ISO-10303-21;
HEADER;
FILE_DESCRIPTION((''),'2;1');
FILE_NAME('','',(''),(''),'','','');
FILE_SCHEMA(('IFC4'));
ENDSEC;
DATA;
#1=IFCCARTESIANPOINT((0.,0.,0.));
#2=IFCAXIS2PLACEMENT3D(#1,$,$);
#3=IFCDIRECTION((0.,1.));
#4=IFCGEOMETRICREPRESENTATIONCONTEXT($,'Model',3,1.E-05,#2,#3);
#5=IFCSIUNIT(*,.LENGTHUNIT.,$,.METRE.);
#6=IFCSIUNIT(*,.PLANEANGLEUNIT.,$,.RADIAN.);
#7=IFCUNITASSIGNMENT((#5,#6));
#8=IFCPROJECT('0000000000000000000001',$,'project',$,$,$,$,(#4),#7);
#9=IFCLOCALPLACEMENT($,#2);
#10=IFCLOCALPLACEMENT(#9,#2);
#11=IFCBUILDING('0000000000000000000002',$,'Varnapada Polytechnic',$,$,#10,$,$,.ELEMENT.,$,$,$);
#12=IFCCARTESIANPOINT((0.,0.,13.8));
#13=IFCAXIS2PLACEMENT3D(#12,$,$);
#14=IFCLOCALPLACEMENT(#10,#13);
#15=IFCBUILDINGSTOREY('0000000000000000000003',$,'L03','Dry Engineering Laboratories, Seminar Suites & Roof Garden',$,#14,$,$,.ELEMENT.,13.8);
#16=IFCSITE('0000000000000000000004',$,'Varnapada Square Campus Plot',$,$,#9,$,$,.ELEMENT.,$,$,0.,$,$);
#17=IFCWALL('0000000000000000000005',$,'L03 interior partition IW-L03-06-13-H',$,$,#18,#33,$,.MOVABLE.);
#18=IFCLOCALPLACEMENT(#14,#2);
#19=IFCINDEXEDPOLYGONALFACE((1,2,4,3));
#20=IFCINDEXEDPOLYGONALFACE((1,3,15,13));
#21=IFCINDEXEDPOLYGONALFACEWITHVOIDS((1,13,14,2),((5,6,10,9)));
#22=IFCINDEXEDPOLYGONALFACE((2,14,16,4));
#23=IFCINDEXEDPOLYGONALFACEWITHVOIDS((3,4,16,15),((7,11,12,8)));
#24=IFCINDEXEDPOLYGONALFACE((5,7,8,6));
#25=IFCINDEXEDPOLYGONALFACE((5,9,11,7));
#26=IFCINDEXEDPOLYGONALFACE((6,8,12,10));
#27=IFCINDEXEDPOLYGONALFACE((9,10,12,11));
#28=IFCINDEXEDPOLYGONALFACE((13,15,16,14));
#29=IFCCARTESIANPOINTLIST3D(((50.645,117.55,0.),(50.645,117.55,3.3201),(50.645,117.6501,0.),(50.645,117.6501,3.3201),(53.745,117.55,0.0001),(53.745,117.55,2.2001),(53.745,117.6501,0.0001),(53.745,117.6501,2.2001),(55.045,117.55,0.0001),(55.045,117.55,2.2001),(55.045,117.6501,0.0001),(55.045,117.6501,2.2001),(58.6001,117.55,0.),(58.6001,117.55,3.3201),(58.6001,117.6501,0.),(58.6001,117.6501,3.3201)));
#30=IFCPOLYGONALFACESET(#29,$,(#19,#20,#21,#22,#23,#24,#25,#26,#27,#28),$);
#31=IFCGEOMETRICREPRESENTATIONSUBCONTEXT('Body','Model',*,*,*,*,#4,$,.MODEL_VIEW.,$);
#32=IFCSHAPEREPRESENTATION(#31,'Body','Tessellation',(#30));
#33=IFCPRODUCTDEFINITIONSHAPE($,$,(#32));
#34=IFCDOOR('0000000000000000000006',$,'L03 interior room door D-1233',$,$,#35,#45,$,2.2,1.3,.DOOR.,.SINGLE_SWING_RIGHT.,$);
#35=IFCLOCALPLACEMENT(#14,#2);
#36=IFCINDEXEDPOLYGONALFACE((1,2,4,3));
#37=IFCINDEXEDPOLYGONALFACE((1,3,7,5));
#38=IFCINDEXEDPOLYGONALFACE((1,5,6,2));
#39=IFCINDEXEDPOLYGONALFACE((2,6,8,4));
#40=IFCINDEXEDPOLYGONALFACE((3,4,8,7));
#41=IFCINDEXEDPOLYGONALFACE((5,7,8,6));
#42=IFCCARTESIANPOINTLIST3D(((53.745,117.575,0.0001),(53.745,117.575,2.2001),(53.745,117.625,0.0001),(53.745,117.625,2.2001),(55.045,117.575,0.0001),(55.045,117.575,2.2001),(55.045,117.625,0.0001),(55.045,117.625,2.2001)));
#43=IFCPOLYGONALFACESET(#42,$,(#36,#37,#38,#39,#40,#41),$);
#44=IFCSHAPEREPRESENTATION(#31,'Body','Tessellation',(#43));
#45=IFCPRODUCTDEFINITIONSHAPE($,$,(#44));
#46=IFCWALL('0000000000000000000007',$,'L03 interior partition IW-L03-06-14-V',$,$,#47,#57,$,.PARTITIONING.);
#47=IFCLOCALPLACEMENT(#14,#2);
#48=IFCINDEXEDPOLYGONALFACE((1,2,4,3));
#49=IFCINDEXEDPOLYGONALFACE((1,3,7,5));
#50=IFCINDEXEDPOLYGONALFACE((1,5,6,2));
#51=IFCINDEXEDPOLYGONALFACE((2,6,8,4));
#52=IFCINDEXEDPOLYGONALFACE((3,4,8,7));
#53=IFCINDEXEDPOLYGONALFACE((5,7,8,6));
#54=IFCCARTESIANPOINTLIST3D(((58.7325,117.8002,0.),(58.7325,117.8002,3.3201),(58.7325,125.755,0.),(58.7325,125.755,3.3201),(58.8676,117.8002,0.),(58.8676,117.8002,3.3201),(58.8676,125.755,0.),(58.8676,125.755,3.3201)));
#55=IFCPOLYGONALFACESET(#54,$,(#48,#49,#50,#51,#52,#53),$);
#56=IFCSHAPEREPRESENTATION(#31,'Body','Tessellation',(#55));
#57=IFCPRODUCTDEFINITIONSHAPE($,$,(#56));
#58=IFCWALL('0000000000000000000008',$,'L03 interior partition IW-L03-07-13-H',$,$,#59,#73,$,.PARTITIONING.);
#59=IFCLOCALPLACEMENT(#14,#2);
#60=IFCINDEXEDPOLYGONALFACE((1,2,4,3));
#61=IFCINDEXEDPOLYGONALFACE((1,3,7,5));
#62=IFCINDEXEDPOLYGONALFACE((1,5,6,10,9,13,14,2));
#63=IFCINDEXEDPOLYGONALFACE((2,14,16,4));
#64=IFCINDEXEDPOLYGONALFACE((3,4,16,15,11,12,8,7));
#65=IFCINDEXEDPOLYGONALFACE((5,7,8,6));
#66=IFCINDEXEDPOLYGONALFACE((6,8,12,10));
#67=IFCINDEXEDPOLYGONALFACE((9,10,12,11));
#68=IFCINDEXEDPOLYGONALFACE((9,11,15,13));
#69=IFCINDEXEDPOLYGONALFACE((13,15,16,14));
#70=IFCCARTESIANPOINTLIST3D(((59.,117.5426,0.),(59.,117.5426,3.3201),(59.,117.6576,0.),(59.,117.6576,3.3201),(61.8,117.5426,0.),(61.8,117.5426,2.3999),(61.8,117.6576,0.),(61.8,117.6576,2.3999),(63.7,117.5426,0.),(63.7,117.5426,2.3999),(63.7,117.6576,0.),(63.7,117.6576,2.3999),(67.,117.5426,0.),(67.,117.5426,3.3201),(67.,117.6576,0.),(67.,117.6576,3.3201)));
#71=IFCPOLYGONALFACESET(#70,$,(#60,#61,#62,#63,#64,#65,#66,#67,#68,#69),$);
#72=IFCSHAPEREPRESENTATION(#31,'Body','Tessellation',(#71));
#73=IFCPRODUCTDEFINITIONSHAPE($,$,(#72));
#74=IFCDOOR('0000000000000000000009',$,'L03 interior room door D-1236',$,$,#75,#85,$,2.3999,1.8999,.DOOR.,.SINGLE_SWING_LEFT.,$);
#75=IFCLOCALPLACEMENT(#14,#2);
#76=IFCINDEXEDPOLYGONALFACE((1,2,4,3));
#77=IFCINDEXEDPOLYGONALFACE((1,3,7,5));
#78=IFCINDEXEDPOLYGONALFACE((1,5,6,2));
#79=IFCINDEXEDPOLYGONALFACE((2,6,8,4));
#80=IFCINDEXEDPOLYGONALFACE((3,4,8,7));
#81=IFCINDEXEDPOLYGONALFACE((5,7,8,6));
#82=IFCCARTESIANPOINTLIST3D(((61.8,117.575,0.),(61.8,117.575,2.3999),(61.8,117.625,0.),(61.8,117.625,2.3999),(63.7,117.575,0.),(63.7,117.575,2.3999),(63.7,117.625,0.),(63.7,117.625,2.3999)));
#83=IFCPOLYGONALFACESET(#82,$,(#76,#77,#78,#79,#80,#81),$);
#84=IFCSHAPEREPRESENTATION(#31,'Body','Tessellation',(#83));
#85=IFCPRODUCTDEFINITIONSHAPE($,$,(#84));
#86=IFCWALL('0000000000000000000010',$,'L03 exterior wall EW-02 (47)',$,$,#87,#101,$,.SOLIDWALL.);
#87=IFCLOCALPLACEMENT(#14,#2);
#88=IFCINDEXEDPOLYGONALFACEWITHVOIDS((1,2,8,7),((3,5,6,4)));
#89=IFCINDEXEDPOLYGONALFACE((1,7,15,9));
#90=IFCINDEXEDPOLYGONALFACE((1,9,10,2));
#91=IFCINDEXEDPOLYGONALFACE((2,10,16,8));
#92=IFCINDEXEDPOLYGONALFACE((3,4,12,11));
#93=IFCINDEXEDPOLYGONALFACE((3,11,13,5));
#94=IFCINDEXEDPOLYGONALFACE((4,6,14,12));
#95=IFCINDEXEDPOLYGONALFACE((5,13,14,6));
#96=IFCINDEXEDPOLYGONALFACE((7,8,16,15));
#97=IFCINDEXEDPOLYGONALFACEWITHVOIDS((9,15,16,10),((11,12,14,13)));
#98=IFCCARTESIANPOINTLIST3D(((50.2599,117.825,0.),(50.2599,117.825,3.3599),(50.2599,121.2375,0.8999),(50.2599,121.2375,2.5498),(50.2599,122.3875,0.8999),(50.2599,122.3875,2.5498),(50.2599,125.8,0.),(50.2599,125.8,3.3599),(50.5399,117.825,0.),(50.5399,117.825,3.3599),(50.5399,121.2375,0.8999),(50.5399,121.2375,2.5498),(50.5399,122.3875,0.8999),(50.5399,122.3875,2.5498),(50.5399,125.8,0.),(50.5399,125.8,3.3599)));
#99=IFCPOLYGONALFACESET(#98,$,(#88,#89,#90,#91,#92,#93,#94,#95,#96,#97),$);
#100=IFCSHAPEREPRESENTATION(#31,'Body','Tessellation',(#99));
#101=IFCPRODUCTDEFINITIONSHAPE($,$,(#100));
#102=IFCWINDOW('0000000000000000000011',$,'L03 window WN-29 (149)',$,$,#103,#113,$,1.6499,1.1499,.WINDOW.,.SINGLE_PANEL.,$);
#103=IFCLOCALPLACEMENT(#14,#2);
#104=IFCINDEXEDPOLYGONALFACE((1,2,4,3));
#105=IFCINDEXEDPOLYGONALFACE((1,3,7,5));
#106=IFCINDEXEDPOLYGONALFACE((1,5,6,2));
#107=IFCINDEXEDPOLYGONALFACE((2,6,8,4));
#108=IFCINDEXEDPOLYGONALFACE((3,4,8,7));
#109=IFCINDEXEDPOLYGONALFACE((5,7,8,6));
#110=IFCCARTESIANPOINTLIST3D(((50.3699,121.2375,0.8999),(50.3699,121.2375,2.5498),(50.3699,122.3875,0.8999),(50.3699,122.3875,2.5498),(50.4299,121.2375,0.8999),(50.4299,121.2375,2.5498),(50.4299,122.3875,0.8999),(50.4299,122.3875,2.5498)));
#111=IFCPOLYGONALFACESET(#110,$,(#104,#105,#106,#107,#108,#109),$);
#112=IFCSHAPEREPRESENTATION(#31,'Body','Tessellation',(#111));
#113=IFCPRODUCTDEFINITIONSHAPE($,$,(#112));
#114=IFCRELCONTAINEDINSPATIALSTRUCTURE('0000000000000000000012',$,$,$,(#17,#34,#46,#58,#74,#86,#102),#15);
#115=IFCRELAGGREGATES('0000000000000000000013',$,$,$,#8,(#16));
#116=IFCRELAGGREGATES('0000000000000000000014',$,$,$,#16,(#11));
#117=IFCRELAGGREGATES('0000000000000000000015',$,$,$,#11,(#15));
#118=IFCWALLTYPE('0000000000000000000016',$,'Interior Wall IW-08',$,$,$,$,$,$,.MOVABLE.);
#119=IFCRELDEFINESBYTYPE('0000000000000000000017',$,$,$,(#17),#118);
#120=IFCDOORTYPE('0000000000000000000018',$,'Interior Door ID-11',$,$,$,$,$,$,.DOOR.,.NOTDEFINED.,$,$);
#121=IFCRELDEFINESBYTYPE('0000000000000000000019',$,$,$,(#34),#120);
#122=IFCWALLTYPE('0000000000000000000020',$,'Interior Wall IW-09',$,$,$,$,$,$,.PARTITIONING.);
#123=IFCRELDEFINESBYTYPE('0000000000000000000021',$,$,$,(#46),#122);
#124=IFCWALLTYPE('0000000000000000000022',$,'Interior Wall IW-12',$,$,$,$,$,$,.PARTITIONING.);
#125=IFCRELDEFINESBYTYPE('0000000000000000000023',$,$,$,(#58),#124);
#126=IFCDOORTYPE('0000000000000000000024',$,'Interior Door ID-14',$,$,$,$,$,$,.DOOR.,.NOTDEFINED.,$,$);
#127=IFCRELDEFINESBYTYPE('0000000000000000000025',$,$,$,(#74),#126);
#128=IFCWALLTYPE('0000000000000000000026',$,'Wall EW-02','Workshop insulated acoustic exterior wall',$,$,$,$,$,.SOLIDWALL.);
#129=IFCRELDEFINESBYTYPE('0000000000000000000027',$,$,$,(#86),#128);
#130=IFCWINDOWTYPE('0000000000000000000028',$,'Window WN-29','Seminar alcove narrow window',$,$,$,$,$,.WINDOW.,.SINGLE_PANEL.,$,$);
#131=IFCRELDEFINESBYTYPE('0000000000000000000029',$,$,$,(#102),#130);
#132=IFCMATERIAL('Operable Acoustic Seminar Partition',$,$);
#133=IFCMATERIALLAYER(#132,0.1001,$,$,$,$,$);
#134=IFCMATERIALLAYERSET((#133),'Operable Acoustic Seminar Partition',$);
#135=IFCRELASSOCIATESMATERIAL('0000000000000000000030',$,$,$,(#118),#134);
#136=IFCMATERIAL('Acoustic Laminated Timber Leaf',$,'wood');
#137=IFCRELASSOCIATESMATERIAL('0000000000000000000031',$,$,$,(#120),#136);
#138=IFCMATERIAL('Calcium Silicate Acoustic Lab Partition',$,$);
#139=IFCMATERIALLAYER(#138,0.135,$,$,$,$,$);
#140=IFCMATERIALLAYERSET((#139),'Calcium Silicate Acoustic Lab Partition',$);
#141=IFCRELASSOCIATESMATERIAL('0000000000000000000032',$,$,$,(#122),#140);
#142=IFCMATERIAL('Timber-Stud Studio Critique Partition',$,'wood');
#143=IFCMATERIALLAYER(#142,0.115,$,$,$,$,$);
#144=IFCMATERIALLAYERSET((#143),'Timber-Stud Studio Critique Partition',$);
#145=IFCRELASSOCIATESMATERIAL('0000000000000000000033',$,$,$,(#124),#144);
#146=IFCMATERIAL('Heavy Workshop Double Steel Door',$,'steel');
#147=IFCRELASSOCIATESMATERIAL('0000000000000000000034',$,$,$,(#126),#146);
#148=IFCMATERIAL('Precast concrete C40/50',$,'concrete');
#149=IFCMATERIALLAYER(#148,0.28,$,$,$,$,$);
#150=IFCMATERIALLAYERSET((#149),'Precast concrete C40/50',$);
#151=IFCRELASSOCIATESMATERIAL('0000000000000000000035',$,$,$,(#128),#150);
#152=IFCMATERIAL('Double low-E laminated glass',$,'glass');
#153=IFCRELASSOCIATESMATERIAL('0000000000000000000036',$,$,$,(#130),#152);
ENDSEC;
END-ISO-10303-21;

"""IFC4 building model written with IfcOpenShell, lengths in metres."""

from ifc_helpers import new_model, si_unit, direction, frame, frame_2d, origin, place, context, subcontext, project, spatial, rectangle, extrude, material, layer, layer_set, type_object, element, fill, save


model = new_model("IFC4")

# Units and contexts
model_context = context("Model", 3, precision=1e-05, world=origin(), true_north=direction((0.0, 1.0)))
body_context = subcontext(model_context, "Body", "Model", "MODEL_VIEW")
ifc_project = project(units=[si_unit("LENGTHUNIT", "METRE"), si_unit("PLANEANGLEUNIT", "RADIAN")], contexts=[model_context])

# Site, building, storey
site_placement = place(None, origin())
site = spatial("IfcSite", under=ifc_project, at=site_placement, Name="Varnapada Square Campus Plot", CompositionType="ELEMENT", RefElevation=0.0)
building_placement = place(site_placement, origin())
building = spatial("IfcBuilding", under=site, at=building_placement, Name="Varnapada Polytechnic", CompositionType="ELEMENT")
storey_placement = place(building_placement, frame((0.0, 0.0, 13.8)))
storey = spatial("IfcBuildingStorey", under=building, at=storey_placement, Name="L03", Description="Dry Engineering Laboratories, Seminar Suites & Roof Garden", CompositionType="ELEMENT", Elevation=13.8)

# Shared definitions
ifc_material_1 = material(Name="Double low-E laminated glass", Category="glass")

# Wall, opening, door
ifc_material_2 = material(Name="Operable Acoustic Seminar Partition")
ifc_layer_1 = layer(ifc_material_2, 0.1001)
ifc_layer_set_1 = layer_set([ifc_layer_1], Name="Operable Acoustic Seminar Partition")
wall_type_1 = type_object("IfcWallType", Name="Interior Wall IW-08", PredefinedType="MOVABLE", material=ifc_layer_set_1)
wall_1_placement = place(storey_placement, frame((50.645, 117.6001, 0.0), z_axis=(0.0, 0.0, 1.0), x_axis=(1.0, 0.0, 0.0)))
wall_1 = element("IfcWall", 1, at=wall_1_placement, inside=storey, type_object=wall_type_1, Name="L03 interior partition IW-L03-06-13-H", PredefinedType="MOVABLE", context=body_context, shape_type="SweptSolid", body=[
    extrude(rectangle(XDim=7.9551, YDim=0.1001, at=frame_2d((3.9775, 0.0))), origin(), (0.0, 0.0, 1.0), 3.3201),
])
opening_1_placement = place(wall_1_placement, frame((3.1001, 0.0, 0.0)))
opening_1 = element("IfcOpeningElement", 2, at=opening_1_placement, cuts=wall_1, PredefinedType="OPENING", context=body_context, shape_type="SweptSolid", body=[
    extrude(rectangle(XDim=1.3, YDim=2.2, at=frame_2d((0.6499, 1.1001))), frame((0.0, 0.0601, 0.0), z_axis=(0.0, -1.0, 0.0), x_axis=(1.0, 0.0, 0.0)), (0.0, 0.0, 1.0), 0.1201),
])
ifc_material_3 = material(Name="Acoustic Laminated Timber Leaf", Category="wood")
door_type_1 = type_object("IfcDoorType", Name="Interior Door ID-11", OperationType="NOTDEFINED", PredefinedType="DOOR", material=ifc_material_3)
door_1_placement = place(opening_1_placement, origin())
door_1 = element("IfcDoor", 3, at=door_1_placement, inside=storey, type_object=door_type_1, Name="L03 interior room door D-1233", OperationType="SINGLE_SWING_RIGHT", OverallHeight=2.2, OverallWidth=1.3, PredefinedType="DOOR", context=body_context, shape_type="SweptSolid", body=[
    extrude(rectangle(XDim=1.3, YDim=2.2, at=frame_2d((0.6499, 1.1001))), frame((0.0, 0.0249, 0.0), z_axis=(0.0, -1.0, 0.0), x_axis=(1.0, 0.0, 0.0)), (0.0, 0.0, 1.0), 0.05),
])
fill(opening_1, door_1)

# Wall
ifc_material_4 = material(Name="Calcium Silicate Acoustic Lab Partition")
ifc_layer_2 = layer(ifc_material_4, 0.135)
ifc_layer_set_2 = layer_set([ifc_layer_2], Name="Calcium Silicate Acoustic Lab Partition")
wall_type_2 = type_object("IfcWallType", Name="Interior Wall IW-09", PredefinedType="PARTITIONING", material=ifc_layer_set_2)
wall_2_placement = place(storey_placement, frame((58.8, 117.8, 0.0), z_axis=(0.0, 0.0, 1.0), x_axis=(0.0, 1.0, 0.0)))
element("IfcWall", 4, at=wall_2_placement, inside=storey, type_object=wall_type_2, Name="L03 interior partition IW-L03-06-14-V", PredefinedType="PARTITIONING", context=body_context, shape_type="SweptSolid", body=[
    extrude(rectangle(XDim=7.9548, YDim=0.135, at=frame_2d((3.9775, 0.0))), origin(), (0.0, 0.0, 1.0), 3.3201),
])

# Wall, opening, door
ifc_material_5 = material(Name="Timber-Stud Studio Critique Partition", Category="wood")
ifc_layer_3 = layer(ifc_material_5, 0.115)
ifc_layer_set_3 = layer_set([ifc_layer_3], Name="Timber-Stud Studio Critique Partition")
wall_type_3 = type_object("IfcWallType", Name="Interior Wall IW-12", PredefinedType="PARTITIONING", material=ifc_layer_set_3)
wall_3_placement = place(storey_placement, frame((59.0, 117.6001, 0.0), z_axis=(0.0, 0.0, 1.0), x_axis=(1.0, 0.0, 0.0)))
wall_3 = element("IfcWall", 5, at=wall_3_placement, inside=storey, type_object=wall_type_3, Name="L03 interior partition IW-L03-07-13-H", PredefinedType="PARTITIONING", context=body_context, shape_type="SweptSolid", body=[
    extrude(rectangle(XDim=8.0, YDim=0.115, at=frame_2d((4.0, 0.0))), origin(), (0.0, 0.0, 1.0), 3.3201),
])
opening_2_placement = place(wall_3_placement, frame((2.8, 0.0, 0.0)))
opening_2 = element("IfcOpeningElement", 6, at=opening_2_placement, cuts=wall_3, PredefinedType="OPENING", context=body_context, shape_type="SweptSolid", body=[
    extrude(rectangle(XDim=1.8999, YDim=2.3999, at=frame_2d((0.95, 1.2))), frame((0.0, 0.0674, 0.0), z_axis=(0.0, -1.0, 0.0), x_axis=(1.0, 0.0, 0.0)), (0.0, 0.0, 1.0), 0.135),
])
ifc_material_6 = material(Name="Heavy Workshop Double Steel Door", Category="steel")
door_type_2 = type_object("IfcDoorType", Name="Interior Door ID-14", OperationType="NOTDEFINED", PredefinedType="DOOR", material=ifc_material_6)
door_2_placement = place(opening_2_placement, origin())
door_2 = element("IfcDoor", 7, at=door_2_placement, inside=storey, type_object=door_type_2, Name="L03 interior room door D-1236", OperationType="SINGLE_SWING_LEFT", OverallHeight=2.3999, OverallWidth=1.8999, PredefinedType="DOOR", context=body_context, shape_type="SweptSolid", body=[
    extrude(rectangle(XDim=1.8999, YDim=2.3999, at=frame_2d((0.95, 1.2))), frame((0.0, 0.0249, 0.0), z_axis=(0.0, -1.0, 0.0), x_axis=(1.0, 0.0, 0.0)), (0.0, 0.0, 1.0), 0.05),
])
fill(opening_2, door_2)

# Wall, opening, window
ifc_material_7 = material(Name="Precast concrete C40/50", Category="concrete")
ifc_layer_4 = layer(ifc_material_7, 0.28)
ifc_layer_set_4 = layer_set([ifc_layer_4], Name="Precast concrete C40/50")
wall_type_4 = type_object("IfcWallType", Name="Wall EW-02", Description="Workshop insulated acoustic exterior wall", PredefinedType="SOLIDWALL", material=ifc_layer_set_4)
wall_4_placement = place(storey_placement, frame((50.3999, 117.825, 0.0), z_axis=(0.0, 0.0, 1.0), x_axis=(0.0, 1.0, 0.0)))
wall_4 = element("IfcWall", 8, at=wall_4_placement, inside=storey, type_object=wall_type_4, Name="L03 exterior wall EW-02 (47)", PredefinedType="SOLIDWALL", context=body_context, shape_type="SweptSolid", body=[
    extrude(rectangle(XDim=7.9751, YDim=0.28, at=frame_2d((3.9875, 0.0))), origin(), (0.0, 0.0, 1.0), 3.3599),
])
opening_3_placement = place(wall_4_placement, frame((3.4126, 0.0, 0.8999)))
opening_3 = element("IfcOpeningElement", 9, at=opening_3_placement, cuts=wall_4, PredefinedType="OPENING", context=body_context, shape_type="SweptSolid", body=[
    extrude(rectangle(XDim=1.1499, YDim=1.6499, at=frame_2d((0.575, 0.825))), frame((0.0, 0.1499, 0.0), z_axis=(0.0, -1.0, 0.0), x_axis=(1.0, 0.0, 0.0)), (0.0, 0.0, 1.0), 0.3),
])
window_type = type_object("IfcWindowType", Name="Window WN-29", Description="Seminar alcove narrow window", PartitioningType="SINGLE_PANEL", PredefinedType="WINDOW", material=ifc_material_1)
window_placement = place(opening_3_placement, origin())
window = element("IfcWindow", 10, at=window_placement, inside=storey, type_object=window_type, Name="L03 window WN-29 (149)", OverallHeight=1.6499, OverallWidth=1.1499, PartitioningType="SINGLE_PANEL", PredefinedType="WINDOW", context=body_context, shape_type="SweptSolid", body=[
    extrude(rectangle(XDim=1.1499, YDim=1.6499, at=frame_2d((0.575, 0.825))), frame((0.0, 0.03, 0.0), z_axis=(0.0, -1.0, 0.0), x_axis=(1.0, 0.0, 0.0)), (0.0, 0.0, 1.0), 0.0601),
])
fill(opening_3, window)

save(model, "model.ifc")
